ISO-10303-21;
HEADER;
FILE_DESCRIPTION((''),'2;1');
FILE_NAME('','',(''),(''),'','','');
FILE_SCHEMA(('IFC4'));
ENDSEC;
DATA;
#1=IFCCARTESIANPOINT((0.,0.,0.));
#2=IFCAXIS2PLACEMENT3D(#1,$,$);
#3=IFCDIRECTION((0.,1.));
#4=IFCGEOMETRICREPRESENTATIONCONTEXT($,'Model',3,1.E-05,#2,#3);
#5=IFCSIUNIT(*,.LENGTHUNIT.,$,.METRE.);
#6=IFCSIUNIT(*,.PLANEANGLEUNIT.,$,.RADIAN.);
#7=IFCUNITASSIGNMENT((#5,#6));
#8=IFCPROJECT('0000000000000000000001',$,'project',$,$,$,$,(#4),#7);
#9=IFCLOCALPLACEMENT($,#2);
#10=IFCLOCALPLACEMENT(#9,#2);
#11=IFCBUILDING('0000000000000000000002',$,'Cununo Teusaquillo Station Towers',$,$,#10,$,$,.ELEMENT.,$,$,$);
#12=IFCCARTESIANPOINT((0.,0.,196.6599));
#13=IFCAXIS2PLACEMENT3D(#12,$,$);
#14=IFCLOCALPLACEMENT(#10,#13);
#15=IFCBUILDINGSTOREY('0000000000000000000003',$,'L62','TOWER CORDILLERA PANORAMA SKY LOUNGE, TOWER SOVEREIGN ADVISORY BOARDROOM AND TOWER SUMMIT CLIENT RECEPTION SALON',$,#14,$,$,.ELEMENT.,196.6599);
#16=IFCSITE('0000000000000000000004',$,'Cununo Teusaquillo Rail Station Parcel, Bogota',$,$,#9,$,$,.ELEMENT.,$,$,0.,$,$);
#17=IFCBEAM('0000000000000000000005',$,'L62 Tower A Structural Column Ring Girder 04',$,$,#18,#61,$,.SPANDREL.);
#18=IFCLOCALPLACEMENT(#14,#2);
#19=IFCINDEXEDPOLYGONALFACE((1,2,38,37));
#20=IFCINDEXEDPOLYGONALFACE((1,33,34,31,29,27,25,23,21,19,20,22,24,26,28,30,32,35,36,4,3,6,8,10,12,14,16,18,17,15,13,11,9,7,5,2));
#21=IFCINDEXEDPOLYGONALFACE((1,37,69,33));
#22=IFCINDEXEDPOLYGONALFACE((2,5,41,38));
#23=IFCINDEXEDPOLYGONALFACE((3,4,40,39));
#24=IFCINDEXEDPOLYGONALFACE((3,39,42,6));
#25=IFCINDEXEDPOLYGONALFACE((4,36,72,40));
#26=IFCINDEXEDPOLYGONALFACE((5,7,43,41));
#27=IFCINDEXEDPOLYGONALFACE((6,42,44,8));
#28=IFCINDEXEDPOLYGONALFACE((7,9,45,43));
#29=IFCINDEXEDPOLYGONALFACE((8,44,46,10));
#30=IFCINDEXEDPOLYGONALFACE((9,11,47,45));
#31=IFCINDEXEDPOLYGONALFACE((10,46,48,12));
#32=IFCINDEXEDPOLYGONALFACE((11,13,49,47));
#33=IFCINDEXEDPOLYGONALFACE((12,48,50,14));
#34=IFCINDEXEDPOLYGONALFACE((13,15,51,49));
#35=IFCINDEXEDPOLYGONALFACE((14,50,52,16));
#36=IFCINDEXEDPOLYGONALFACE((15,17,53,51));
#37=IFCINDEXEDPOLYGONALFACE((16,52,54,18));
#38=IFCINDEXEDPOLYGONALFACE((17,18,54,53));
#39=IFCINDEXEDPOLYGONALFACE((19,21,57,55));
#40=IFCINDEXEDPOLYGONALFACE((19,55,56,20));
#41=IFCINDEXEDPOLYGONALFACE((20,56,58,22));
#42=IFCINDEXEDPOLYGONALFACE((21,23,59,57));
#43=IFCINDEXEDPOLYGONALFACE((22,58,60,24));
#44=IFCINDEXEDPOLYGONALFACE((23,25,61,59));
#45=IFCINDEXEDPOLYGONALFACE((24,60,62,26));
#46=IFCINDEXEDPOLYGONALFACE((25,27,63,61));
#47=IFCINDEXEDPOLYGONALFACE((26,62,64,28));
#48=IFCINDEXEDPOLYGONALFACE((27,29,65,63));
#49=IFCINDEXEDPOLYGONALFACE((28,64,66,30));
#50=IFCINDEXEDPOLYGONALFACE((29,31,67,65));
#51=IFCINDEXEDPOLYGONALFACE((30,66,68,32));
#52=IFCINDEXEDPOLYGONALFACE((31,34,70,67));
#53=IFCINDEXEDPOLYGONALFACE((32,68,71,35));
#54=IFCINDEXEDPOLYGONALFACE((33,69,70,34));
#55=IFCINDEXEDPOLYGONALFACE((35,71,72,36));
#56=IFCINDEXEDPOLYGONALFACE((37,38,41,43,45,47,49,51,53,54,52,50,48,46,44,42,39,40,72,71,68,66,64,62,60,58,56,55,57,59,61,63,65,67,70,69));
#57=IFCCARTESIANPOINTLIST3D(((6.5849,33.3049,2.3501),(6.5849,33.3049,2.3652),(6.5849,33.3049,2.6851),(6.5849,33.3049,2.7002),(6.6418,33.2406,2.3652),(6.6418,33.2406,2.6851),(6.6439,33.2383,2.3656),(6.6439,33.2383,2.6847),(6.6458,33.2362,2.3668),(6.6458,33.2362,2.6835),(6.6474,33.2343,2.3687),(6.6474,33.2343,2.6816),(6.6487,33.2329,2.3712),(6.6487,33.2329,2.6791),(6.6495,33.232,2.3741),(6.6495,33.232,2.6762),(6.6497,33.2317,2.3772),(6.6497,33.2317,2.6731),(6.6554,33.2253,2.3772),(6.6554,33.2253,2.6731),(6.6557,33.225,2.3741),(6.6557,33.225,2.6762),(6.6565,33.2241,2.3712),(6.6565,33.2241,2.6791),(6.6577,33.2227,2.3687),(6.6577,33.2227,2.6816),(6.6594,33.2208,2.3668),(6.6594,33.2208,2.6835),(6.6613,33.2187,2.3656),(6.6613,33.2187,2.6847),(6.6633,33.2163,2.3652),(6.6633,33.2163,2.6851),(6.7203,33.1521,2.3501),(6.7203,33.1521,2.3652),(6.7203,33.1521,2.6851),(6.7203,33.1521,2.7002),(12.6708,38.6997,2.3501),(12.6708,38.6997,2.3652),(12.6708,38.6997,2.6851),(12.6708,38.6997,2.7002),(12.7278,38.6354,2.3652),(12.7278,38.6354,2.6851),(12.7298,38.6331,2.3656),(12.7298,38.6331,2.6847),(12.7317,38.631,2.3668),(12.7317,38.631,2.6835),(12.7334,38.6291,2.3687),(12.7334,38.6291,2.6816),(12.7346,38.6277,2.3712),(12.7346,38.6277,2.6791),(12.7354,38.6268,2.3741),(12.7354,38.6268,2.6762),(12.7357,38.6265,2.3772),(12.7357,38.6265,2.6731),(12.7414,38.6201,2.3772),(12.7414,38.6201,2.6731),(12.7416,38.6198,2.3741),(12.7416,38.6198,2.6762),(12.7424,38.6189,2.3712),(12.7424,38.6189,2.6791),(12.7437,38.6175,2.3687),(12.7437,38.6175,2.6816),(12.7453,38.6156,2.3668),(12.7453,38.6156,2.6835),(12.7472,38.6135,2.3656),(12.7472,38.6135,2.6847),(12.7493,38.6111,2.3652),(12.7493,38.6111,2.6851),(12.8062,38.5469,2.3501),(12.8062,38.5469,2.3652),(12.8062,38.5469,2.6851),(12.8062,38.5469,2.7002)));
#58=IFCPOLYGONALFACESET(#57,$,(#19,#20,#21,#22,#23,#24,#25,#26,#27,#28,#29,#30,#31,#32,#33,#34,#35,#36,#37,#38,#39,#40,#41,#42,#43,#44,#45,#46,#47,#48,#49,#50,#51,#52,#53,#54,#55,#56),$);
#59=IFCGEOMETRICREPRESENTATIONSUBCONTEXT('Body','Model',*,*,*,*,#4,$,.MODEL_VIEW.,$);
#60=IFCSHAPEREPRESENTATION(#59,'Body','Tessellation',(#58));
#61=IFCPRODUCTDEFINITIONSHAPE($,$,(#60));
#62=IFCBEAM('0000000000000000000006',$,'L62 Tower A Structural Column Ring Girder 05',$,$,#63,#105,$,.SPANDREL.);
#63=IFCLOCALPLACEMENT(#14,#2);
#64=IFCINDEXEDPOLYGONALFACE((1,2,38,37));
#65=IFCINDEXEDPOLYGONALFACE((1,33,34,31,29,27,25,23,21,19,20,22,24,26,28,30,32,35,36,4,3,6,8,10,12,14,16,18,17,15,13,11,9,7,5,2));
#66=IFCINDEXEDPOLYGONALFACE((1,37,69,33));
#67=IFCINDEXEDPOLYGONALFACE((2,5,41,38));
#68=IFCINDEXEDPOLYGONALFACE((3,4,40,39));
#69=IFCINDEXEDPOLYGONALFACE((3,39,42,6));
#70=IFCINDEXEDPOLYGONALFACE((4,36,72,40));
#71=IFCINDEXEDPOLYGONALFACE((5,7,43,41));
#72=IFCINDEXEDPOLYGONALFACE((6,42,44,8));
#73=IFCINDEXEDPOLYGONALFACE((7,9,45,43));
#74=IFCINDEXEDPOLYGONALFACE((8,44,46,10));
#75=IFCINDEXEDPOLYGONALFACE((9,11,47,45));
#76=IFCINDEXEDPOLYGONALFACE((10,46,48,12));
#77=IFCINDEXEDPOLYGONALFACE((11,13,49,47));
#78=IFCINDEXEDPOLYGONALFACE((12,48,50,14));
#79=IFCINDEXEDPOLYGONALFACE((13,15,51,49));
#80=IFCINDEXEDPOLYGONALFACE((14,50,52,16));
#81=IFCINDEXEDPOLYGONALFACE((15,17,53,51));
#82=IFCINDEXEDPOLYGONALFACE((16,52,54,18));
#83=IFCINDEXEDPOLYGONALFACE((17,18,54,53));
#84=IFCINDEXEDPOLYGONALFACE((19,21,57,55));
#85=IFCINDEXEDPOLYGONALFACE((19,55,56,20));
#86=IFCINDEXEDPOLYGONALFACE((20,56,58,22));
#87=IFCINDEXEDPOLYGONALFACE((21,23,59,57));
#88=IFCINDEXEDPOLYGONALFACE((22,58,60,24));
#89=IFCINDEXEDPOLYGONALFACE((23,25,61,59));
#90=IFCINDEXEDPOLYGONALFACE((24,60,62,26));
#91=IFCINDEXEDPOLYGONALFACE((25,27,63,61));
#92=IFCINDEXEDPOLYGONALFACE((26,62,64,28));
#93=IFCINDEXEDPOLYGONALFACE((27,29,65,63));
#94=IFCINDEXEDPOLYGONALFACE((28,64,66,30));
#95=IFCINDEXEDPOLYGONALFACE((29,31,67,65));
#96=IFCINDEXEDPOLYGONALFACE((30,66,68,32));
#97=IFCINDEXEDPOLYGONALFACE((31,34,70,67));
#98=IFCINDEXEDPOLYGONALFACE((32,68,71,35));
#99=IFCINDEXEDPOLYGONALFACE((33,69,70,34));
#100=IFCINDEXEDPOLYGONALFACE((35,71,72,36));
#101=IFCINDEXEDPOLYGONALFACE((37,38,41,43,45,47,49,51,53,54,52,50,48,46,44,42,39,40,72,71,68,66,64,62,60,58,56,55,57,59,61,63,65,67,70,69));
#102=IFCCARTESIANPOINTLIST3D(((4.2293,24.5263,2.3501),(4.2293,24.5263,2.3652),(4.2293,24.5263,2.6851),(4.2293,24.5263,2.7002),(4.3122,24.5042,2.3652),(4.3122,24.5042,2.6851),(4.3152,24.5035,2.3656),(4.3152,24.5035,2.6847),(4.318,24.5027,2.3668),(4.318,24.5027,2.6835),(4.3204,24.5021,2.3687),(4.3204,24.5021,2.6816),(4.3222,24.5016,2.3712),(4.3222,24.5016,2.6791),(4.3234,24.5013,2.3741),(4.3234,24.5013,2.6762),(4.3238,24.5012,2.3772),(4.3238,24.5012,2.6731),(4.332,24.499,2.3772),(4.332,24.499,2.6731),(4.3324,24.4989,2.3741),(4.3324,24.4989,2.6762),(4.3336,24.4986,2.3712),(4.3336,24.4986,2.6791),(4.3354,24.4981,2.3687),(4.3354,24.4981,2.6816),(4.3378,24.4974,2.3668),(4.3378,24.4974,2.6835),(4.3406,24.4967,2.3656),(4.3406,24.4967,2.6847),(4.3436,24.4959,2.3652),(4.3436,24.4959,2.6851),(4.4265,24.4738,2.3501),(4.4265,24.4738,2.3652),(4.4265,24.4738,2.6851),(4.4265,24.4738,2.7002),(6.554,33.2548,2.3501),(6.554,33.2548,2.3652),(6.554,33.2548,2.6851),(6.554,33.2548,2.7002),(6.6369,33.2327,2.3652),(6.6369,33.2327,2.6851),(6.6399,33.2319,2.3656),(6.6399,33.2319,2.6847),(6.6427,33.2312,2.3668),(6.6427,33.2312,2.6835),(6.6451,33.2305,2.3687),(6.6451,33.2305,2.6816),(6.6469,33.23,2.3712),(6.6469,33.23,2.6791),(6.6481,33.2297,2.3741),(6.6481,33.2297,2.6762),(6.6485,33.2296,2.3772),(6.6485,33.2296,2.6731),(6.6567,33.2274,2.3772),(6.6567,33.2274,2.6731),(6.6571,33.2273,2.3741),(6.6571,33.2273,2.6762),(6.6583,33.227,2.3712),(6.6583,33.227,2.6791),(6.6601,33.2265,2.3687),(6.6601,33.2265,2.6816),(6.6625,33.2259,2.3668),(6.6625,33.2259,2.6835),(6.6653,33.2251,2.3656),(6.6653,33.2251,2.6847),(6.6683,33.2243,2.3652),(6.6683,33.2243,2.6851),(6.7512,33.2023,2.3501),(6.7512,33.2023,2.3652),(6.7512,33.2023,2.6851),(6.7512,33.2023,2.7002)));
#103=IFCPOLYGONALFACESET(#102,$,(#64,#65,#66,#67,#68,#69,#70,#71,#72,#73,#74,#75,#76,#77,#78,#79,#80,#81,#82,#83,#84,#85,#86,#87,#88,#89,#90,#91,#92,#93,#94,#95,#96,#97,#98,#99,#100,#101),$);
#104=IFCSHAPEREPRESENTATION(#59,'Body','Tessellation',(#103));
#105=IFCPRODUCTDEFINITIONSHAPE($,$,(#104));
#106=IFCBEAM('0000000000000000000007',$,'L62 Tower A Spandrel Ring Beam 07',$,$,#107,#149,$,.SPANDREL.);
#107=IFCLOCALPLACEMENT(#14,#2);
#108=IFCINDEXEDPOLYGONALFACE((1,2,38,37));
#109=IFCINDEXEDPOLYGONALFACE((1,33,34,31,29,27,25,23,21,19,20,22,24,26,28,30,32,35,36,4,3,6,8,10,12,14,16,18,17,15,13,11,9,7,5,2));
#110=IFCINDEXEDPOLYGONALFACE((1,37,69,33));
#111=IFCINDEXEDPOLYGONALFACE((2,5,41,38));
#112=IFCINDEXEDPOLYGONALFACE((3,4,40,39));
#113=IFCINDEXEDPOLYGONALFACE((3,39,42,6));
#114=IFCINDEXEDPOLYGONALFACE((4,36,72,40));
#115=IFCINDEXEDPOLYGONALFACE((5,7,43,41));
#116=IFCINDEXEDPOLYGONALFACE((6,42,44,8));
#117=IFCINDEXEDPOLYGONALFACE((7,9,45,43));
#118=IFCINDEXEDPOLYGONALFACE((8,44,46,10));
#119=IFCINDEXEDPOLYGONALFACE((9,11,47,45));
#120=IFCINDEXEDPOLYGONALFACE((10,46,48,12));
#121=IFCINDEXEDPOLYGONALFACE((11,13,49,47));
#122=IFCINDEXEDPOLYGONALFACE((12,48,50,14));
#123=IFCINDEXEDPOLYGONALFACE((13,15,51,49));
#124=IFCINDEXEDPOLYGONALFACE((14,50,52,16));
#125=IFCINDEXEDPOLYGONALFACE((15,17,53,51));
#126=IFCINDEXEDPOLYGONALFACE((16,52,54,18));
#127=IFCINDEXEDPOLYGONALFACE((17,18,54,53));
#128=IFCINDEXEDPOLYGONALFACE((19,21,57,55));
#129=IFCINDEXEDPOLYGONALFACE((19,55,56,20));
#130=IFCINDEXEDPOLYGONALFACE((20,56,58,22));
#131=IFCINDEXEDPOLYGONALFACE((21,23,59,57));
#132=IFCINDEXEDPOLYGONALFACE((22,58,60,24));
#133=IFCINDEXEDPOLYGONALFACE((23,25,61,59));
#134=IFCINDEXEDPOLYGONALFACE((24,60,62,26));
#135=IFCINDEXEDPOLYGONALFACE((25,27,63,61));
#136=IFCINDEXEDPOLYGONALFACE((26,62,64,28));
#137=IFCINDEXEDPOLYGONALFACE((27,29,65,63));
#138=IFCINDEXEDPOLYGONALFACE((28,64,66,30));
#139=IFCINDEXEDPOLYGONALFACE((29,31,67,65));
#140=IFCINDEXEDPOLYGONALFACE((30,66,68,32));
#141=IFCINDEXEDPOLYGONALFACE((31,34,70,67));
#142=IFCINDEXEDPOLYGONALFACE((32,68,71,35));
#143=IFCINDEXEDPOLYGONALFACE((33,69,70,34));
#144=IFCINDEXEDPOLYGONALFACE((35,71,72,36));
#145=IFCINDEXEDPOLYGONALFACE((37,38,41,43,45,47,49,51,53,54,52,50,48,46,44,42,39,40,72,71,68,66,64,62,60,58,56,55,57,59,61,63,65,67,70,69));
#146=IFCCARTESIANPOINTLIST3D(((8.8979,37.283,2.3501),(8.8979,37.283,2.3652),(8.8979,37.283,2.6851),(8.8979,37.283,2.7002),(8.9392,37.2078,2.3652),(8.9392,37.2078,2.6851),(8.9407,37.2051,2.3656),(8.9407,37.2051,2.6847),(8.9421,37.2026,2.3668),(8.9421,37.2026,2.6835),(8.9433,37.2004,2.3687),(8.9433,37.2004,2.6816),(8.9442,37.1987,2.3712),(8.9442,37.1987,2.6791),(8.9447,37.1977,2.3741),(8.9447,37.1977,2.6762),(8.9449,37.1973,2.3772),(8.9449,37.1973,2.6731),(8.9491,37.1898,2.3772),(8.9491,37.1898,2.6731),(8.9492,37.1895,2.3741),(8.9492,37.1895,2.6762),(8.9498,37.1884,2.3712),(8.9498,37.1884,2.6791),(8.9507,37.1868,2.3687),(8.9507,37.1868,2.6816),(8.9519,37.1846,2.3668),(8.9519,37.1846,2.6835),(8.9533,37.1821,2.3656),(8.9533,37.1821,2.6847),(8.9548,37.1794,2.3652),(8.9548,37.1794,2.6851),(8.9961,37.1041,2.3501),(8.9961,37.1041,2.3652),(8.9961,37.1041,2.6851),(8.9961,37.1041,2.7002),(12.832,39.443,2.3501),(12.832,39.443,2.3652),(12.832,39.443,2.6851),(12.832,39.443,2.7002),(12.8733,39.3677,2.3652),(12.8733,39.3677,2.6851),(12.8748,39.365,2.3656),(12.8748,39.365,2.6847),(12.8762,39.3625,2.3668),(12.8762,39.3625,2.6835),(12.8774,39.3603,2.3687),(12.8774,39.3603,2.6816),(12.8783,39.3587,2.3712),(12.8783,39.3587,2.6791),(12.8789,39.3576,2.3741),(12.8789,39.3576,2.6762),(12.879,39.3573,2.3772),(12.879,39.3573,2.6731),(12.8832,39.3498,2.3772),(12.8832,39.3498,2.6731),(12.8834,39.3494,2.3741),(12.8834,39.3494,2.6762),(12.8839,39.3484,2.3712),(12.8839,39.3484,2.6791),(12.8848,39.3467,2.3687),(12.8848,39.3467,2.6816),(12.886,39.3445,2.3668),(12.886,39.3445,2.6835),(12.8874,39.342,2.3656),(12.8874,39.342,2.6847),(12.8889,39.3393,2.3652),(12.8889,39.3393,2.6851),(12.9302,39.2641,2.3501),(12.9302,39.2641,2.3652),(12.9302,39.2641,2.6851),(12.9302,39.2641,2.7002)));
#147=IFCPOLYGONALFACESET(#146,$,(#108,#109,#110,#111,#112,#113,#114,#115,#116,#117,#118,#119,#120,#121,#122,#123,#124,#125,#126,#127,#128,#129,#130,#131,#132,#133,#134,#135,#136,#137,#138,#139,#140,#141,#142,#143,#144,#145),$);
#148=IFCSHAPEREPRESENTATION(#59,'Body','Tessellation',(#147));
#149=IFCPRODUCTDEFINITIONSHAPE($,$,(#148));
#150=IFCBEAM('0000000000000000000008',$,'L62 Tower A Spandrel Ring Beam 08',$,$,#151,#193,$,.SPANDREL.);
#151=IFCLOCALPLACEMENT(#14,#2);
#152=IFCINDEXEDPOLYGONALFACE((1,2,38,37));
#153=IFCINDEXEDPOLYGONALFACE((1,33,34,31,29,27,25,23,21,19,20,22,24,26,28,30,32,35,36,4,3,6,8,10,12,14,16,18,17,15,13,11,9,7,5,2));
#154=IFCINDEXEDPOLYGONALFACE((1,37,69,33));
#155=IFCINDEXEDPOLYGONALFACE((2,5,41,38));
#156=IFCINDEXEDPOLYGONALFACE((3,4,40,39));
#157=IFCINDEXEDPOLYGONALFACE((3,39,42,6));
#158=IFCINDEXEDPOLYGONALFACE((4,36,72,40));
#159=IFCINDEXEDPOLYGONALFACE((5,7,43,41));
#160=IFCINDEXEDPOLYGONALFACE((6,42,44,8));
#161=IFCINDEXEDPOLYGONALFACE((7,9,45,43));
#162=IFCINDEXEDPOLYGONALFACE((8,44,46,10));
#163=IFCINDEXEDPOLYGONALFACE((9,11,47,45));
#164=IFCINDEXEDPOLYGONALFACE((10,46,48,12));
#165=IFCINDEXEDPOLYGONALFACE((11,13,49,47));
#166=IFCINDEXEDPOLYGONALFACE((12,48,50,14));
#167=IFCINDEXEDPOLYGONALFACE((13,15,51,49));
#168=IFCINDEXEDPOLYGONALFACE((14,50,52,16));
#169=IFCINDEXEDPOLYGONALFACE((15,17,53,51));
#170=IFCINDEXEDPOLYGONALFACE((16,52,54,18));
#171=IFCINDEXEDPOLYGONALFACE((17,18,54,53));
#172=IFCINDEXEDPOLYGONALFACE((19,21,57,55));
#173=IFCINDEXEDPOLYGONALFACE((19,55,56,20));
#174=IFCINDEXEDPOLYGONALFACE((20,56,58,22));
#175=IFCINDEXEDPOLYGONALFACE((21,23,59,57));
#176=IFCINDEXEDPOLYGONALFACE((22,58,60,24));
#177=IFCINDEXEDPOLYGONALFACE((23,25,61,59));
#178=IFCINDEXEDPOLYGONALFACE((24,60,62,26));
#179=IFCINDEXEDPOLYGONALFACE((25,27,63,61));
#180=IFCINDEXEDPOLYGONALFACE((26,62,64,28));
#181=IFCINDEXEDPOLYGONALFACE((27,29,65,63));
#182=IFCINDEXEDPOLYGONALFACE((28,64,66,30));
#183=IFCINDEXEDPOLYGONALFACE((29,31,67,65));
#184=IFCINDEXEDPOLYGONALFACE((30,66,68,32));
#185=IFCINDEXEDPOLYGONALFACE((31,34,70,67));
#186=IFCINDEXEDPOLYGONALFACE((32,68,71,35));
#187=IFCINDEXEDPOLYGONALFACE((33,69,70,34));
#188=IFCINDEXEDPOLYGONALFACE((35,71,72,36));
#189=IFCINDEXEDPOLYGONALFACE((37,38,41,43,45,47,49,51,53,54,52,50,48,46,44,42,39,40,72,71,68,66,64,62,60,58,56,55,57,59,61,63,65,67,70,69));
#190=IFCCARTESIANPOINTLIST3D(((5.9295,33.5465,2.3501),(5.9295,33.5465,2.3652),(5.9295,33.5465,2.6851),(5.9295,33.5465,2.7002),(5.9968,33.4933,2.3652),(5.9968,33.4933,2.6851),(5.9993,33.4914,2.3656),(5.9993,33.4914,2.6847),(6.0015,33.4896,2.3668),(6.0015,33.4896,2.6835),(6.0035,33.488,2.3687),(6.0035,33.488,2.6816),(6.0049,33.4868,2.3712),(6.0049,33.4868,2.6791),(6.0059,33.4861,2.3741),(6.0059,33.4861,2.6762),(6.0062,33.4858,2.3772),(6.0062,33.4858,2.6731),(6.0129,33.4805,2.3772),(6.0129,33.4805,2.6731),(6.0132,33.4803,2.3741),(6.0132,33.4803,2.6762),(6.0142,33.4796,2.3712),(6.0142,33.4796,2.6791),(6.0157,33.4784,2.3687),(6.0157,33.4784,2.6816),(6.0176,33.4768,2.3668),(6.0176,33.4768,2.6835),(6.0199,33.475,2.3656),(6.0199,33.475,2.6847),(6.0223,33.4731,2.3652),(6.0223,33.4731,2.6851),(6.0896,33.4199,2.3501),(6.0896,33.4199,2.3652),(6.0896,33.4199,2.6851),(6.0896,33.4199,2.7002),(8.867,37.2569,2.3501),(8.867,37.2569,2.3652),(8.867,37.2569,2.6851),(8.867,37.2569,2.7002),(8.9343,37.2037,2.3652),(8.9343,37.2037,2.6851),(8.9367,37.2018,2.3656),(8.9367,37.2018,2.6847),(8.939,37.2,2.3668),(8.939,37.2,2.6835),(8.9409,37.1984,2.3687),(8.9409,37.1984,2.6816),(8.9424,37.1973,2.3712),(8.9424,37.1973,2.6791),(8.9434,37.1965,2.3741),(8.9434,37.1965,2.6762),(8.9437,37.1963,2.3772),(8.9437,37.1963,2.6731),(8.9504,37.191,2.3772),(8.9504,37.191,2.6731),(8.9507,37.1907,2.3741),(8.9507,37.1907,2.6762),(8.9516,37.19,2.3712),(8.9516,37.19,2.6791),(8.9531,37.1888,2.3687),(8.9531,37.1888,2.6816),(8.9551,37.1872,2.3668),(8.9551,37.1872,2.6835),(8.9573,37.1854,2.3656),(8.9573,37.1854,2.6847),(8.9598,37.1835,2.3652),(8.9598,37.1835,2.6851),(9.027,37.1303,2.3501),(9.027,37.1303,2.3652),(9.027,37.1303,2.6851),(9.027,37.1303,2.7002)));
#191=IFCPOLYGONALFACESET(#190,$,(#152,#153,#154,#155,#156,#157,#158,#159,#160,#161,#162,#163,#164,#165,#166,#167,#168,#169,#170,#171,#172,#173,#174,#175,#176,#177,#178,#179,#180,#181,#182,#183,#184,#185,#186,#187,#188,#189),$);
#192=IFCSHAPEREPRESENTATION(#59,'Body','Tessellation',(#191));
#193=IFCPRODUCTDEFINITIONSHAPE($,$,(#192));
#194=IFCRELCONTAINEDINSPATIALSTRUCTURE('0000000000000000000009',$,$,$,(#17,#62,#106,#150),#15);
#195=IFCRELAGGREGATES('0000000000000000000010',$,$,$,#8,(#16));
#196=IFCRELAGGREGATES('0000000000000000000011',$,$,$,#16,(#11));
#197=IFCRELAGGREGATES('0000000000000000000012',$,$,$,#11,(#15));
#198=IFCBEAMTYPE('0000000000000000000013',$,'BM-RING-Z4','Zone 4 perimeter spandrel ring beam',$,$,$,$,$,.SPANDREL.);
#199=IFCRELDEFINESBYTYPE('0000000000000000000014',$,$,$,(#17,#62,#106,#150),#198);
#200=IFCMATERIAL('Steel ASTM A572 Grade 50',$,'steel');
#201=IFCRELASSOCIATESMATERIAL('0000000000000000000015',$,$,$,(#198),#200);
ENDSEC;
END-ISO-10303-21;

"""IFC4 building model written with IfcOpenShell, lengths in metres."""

from ifc_helpers import new_model, si_unit, direction, frame, origin, origin_2d, place, context, subcontext, project, spatial, i_section, extrude, material, material_profile, profile_set, type_object, element, save


model = new_model("IFC4")

# Units and contexts
model_context = context("Model", 3, precision=1e-05, world=origin(), true_north=direction((0.0, 1.0)))
body_context = subcontext(model_context, "Body", "Model", "MODEL_VIEW")
ifc_project = project(units=[si_unit("LENGTHUNIT", "METRE"), si_unit("PLANEANGLEUNIT", "RADIAN")], contexts=[model_context])

# Site, building, storey
site_placement = place(None, origin())
site = spatial("IfcSite", under=ifc_project, at=site_placement, Name="Cununo Teusaquillo Rail Station Parcel, Bogota", CompositionType="ELEMENT", RefElevation=0.0)
building_placement = place(site_placement, origin())
building = spatial("IfcBuilding", under=site, at=building_placement, Name="Cununo Teusaquillo Station Towers", CompositionType="ELEMENT")
storey_placement = place(building_placement, frame((0.0, 0.0, 196.6599)))
storey = spatial("IfcBuildingStorey", under=building, at=storey_placement, Name="L62", Description="TOWER CORDILLERA PANORAMA SKY LOUNGE, TOWER SOVEREIGN ADVISORY BOARDROOM AND TOWER SUMMIT CLIENT RECEPTION SALON", CompositionType="ELEMENT", Elevation=196.6599)

# Beams
ifc_material_1 = material(Name="Steel ASTM A572 Grade 50", Category="steel")
ifc_material_profile_1 = material_profile(ifc_material_1, i_section(OverallWidth=0.2041, OverallDepth=0.3501, WebThickness=0.0085, FlangeThickness=0.0151, FilletRadius=0.012, at=origin_2d()), Name="W14X48")
ifc_profile_set_1 = profile_set([ifc_material_profile_1], Name="Steel ASTM A572 Grade 50")
beam_type_1 = type_object("IfcBeamType", Name="BM-RING-Z4", Description="Zone 4 perimeter spandrel ring beam", PredefinedType="SPANDREL", material=ifc_profile_set_1)
beam_1_placement = place(storey_placement, frame((12.7385, 38.6233, 2.5251), z_axis=(-0.748321, -0.663337, 0.0), x_axis=(0.663337, -0.748321, 0.0)))
element("IfcBeam", 1, at=beam_1_placement, inside=storey, type_object=beam_type_1, Name="L62 Tower A Structural Column Ring Girder 04", PredefinedType="SPANDREL", context=body_context, shape_type="SweptSolid", body=[
    extrude(i_section(OverallWidth=0.2041, OverallDepth=0.3501, WebThickness=0.0085, FlangeThickness=0.0151, FilletRadius=0.012, at=origin_2d()), origin(), (0.0, 0.0, 1.0), 8.1328),
])
beam_2_placement = place(storey_placement, frame((6.6526, 33.2285, 2.5251), z_axis=(-0.257363, -0.966315, 0.0), x_axis=(0.966315, -0.257363, 0.0)))
element("IfcBeam", 2, at=beam_2_placement, inside=storey, type_object=beam_type_1, Name="L62 Tower A Structural Column Ring Girder 05", PredefinedType="SPANDREL", context=body_context, shape_type="SweptSolid", body=[
    extrude(i_section(OverallWidth=0.2041, OverallDepth=0.3501, WebThickness=0.0085, FlangeThickness=0.0151, FilletRadius=0.012, at=origin_2d()), origin(), (0.0, 0.0, 1.0), 9.0327),
])
beam_3_placement = place(storey_placement, frame((12.8811, 39.3535, 2.5251), z_axis=(-0.876576, -0.481263, 0.0), x_axis=(0.481263, -0.876576, 0.0)))
element("IfcBeam", 3, at=beam_3_placement, inside=storey, type_object=beam_type_1, Name="L62 Tower A Spandrel Ring Beam 07", PredefinedType="SPANDREL", context=body_context, shape_type="SweptSolid", body=[
    extrude(i_section(OverallWidth=0.2041, OverallDepth=0.3501, WebThickness=0.0085, FlangeThickness=0.0151, FilletRadius=0.012, at=origin_2d()), origin(), (0.0, 0.0, 1.0), 4.488),
])
beam_4_placement = place(storey_placement, frame((8.947, 37.1936, 2.5251), z_axis=(-0.620711, -0.78404, 0.0), x_axis=(0.78404, -0.620711, 0.0)))
element("IfcBeam", 4, at=beam_4_placement, inside=storey, type_object=beam_type_1, Name="L62 Tower A Spandrel Ring Beam 08", PredefinedType="SPANDREL", context=body_context, shape_type="SweptSolid", body=[
    extrude(i_section(OverallWidth=0.2041, OverallDepth=0.3501, WebThickness=0.0085, FlangeThickness=0.0151, FilletRadius=0.012, at=origin_2d()), origin(), (0.0, 0.0, 1.0), 4.7324),
])

save(model, "model.ifc")
